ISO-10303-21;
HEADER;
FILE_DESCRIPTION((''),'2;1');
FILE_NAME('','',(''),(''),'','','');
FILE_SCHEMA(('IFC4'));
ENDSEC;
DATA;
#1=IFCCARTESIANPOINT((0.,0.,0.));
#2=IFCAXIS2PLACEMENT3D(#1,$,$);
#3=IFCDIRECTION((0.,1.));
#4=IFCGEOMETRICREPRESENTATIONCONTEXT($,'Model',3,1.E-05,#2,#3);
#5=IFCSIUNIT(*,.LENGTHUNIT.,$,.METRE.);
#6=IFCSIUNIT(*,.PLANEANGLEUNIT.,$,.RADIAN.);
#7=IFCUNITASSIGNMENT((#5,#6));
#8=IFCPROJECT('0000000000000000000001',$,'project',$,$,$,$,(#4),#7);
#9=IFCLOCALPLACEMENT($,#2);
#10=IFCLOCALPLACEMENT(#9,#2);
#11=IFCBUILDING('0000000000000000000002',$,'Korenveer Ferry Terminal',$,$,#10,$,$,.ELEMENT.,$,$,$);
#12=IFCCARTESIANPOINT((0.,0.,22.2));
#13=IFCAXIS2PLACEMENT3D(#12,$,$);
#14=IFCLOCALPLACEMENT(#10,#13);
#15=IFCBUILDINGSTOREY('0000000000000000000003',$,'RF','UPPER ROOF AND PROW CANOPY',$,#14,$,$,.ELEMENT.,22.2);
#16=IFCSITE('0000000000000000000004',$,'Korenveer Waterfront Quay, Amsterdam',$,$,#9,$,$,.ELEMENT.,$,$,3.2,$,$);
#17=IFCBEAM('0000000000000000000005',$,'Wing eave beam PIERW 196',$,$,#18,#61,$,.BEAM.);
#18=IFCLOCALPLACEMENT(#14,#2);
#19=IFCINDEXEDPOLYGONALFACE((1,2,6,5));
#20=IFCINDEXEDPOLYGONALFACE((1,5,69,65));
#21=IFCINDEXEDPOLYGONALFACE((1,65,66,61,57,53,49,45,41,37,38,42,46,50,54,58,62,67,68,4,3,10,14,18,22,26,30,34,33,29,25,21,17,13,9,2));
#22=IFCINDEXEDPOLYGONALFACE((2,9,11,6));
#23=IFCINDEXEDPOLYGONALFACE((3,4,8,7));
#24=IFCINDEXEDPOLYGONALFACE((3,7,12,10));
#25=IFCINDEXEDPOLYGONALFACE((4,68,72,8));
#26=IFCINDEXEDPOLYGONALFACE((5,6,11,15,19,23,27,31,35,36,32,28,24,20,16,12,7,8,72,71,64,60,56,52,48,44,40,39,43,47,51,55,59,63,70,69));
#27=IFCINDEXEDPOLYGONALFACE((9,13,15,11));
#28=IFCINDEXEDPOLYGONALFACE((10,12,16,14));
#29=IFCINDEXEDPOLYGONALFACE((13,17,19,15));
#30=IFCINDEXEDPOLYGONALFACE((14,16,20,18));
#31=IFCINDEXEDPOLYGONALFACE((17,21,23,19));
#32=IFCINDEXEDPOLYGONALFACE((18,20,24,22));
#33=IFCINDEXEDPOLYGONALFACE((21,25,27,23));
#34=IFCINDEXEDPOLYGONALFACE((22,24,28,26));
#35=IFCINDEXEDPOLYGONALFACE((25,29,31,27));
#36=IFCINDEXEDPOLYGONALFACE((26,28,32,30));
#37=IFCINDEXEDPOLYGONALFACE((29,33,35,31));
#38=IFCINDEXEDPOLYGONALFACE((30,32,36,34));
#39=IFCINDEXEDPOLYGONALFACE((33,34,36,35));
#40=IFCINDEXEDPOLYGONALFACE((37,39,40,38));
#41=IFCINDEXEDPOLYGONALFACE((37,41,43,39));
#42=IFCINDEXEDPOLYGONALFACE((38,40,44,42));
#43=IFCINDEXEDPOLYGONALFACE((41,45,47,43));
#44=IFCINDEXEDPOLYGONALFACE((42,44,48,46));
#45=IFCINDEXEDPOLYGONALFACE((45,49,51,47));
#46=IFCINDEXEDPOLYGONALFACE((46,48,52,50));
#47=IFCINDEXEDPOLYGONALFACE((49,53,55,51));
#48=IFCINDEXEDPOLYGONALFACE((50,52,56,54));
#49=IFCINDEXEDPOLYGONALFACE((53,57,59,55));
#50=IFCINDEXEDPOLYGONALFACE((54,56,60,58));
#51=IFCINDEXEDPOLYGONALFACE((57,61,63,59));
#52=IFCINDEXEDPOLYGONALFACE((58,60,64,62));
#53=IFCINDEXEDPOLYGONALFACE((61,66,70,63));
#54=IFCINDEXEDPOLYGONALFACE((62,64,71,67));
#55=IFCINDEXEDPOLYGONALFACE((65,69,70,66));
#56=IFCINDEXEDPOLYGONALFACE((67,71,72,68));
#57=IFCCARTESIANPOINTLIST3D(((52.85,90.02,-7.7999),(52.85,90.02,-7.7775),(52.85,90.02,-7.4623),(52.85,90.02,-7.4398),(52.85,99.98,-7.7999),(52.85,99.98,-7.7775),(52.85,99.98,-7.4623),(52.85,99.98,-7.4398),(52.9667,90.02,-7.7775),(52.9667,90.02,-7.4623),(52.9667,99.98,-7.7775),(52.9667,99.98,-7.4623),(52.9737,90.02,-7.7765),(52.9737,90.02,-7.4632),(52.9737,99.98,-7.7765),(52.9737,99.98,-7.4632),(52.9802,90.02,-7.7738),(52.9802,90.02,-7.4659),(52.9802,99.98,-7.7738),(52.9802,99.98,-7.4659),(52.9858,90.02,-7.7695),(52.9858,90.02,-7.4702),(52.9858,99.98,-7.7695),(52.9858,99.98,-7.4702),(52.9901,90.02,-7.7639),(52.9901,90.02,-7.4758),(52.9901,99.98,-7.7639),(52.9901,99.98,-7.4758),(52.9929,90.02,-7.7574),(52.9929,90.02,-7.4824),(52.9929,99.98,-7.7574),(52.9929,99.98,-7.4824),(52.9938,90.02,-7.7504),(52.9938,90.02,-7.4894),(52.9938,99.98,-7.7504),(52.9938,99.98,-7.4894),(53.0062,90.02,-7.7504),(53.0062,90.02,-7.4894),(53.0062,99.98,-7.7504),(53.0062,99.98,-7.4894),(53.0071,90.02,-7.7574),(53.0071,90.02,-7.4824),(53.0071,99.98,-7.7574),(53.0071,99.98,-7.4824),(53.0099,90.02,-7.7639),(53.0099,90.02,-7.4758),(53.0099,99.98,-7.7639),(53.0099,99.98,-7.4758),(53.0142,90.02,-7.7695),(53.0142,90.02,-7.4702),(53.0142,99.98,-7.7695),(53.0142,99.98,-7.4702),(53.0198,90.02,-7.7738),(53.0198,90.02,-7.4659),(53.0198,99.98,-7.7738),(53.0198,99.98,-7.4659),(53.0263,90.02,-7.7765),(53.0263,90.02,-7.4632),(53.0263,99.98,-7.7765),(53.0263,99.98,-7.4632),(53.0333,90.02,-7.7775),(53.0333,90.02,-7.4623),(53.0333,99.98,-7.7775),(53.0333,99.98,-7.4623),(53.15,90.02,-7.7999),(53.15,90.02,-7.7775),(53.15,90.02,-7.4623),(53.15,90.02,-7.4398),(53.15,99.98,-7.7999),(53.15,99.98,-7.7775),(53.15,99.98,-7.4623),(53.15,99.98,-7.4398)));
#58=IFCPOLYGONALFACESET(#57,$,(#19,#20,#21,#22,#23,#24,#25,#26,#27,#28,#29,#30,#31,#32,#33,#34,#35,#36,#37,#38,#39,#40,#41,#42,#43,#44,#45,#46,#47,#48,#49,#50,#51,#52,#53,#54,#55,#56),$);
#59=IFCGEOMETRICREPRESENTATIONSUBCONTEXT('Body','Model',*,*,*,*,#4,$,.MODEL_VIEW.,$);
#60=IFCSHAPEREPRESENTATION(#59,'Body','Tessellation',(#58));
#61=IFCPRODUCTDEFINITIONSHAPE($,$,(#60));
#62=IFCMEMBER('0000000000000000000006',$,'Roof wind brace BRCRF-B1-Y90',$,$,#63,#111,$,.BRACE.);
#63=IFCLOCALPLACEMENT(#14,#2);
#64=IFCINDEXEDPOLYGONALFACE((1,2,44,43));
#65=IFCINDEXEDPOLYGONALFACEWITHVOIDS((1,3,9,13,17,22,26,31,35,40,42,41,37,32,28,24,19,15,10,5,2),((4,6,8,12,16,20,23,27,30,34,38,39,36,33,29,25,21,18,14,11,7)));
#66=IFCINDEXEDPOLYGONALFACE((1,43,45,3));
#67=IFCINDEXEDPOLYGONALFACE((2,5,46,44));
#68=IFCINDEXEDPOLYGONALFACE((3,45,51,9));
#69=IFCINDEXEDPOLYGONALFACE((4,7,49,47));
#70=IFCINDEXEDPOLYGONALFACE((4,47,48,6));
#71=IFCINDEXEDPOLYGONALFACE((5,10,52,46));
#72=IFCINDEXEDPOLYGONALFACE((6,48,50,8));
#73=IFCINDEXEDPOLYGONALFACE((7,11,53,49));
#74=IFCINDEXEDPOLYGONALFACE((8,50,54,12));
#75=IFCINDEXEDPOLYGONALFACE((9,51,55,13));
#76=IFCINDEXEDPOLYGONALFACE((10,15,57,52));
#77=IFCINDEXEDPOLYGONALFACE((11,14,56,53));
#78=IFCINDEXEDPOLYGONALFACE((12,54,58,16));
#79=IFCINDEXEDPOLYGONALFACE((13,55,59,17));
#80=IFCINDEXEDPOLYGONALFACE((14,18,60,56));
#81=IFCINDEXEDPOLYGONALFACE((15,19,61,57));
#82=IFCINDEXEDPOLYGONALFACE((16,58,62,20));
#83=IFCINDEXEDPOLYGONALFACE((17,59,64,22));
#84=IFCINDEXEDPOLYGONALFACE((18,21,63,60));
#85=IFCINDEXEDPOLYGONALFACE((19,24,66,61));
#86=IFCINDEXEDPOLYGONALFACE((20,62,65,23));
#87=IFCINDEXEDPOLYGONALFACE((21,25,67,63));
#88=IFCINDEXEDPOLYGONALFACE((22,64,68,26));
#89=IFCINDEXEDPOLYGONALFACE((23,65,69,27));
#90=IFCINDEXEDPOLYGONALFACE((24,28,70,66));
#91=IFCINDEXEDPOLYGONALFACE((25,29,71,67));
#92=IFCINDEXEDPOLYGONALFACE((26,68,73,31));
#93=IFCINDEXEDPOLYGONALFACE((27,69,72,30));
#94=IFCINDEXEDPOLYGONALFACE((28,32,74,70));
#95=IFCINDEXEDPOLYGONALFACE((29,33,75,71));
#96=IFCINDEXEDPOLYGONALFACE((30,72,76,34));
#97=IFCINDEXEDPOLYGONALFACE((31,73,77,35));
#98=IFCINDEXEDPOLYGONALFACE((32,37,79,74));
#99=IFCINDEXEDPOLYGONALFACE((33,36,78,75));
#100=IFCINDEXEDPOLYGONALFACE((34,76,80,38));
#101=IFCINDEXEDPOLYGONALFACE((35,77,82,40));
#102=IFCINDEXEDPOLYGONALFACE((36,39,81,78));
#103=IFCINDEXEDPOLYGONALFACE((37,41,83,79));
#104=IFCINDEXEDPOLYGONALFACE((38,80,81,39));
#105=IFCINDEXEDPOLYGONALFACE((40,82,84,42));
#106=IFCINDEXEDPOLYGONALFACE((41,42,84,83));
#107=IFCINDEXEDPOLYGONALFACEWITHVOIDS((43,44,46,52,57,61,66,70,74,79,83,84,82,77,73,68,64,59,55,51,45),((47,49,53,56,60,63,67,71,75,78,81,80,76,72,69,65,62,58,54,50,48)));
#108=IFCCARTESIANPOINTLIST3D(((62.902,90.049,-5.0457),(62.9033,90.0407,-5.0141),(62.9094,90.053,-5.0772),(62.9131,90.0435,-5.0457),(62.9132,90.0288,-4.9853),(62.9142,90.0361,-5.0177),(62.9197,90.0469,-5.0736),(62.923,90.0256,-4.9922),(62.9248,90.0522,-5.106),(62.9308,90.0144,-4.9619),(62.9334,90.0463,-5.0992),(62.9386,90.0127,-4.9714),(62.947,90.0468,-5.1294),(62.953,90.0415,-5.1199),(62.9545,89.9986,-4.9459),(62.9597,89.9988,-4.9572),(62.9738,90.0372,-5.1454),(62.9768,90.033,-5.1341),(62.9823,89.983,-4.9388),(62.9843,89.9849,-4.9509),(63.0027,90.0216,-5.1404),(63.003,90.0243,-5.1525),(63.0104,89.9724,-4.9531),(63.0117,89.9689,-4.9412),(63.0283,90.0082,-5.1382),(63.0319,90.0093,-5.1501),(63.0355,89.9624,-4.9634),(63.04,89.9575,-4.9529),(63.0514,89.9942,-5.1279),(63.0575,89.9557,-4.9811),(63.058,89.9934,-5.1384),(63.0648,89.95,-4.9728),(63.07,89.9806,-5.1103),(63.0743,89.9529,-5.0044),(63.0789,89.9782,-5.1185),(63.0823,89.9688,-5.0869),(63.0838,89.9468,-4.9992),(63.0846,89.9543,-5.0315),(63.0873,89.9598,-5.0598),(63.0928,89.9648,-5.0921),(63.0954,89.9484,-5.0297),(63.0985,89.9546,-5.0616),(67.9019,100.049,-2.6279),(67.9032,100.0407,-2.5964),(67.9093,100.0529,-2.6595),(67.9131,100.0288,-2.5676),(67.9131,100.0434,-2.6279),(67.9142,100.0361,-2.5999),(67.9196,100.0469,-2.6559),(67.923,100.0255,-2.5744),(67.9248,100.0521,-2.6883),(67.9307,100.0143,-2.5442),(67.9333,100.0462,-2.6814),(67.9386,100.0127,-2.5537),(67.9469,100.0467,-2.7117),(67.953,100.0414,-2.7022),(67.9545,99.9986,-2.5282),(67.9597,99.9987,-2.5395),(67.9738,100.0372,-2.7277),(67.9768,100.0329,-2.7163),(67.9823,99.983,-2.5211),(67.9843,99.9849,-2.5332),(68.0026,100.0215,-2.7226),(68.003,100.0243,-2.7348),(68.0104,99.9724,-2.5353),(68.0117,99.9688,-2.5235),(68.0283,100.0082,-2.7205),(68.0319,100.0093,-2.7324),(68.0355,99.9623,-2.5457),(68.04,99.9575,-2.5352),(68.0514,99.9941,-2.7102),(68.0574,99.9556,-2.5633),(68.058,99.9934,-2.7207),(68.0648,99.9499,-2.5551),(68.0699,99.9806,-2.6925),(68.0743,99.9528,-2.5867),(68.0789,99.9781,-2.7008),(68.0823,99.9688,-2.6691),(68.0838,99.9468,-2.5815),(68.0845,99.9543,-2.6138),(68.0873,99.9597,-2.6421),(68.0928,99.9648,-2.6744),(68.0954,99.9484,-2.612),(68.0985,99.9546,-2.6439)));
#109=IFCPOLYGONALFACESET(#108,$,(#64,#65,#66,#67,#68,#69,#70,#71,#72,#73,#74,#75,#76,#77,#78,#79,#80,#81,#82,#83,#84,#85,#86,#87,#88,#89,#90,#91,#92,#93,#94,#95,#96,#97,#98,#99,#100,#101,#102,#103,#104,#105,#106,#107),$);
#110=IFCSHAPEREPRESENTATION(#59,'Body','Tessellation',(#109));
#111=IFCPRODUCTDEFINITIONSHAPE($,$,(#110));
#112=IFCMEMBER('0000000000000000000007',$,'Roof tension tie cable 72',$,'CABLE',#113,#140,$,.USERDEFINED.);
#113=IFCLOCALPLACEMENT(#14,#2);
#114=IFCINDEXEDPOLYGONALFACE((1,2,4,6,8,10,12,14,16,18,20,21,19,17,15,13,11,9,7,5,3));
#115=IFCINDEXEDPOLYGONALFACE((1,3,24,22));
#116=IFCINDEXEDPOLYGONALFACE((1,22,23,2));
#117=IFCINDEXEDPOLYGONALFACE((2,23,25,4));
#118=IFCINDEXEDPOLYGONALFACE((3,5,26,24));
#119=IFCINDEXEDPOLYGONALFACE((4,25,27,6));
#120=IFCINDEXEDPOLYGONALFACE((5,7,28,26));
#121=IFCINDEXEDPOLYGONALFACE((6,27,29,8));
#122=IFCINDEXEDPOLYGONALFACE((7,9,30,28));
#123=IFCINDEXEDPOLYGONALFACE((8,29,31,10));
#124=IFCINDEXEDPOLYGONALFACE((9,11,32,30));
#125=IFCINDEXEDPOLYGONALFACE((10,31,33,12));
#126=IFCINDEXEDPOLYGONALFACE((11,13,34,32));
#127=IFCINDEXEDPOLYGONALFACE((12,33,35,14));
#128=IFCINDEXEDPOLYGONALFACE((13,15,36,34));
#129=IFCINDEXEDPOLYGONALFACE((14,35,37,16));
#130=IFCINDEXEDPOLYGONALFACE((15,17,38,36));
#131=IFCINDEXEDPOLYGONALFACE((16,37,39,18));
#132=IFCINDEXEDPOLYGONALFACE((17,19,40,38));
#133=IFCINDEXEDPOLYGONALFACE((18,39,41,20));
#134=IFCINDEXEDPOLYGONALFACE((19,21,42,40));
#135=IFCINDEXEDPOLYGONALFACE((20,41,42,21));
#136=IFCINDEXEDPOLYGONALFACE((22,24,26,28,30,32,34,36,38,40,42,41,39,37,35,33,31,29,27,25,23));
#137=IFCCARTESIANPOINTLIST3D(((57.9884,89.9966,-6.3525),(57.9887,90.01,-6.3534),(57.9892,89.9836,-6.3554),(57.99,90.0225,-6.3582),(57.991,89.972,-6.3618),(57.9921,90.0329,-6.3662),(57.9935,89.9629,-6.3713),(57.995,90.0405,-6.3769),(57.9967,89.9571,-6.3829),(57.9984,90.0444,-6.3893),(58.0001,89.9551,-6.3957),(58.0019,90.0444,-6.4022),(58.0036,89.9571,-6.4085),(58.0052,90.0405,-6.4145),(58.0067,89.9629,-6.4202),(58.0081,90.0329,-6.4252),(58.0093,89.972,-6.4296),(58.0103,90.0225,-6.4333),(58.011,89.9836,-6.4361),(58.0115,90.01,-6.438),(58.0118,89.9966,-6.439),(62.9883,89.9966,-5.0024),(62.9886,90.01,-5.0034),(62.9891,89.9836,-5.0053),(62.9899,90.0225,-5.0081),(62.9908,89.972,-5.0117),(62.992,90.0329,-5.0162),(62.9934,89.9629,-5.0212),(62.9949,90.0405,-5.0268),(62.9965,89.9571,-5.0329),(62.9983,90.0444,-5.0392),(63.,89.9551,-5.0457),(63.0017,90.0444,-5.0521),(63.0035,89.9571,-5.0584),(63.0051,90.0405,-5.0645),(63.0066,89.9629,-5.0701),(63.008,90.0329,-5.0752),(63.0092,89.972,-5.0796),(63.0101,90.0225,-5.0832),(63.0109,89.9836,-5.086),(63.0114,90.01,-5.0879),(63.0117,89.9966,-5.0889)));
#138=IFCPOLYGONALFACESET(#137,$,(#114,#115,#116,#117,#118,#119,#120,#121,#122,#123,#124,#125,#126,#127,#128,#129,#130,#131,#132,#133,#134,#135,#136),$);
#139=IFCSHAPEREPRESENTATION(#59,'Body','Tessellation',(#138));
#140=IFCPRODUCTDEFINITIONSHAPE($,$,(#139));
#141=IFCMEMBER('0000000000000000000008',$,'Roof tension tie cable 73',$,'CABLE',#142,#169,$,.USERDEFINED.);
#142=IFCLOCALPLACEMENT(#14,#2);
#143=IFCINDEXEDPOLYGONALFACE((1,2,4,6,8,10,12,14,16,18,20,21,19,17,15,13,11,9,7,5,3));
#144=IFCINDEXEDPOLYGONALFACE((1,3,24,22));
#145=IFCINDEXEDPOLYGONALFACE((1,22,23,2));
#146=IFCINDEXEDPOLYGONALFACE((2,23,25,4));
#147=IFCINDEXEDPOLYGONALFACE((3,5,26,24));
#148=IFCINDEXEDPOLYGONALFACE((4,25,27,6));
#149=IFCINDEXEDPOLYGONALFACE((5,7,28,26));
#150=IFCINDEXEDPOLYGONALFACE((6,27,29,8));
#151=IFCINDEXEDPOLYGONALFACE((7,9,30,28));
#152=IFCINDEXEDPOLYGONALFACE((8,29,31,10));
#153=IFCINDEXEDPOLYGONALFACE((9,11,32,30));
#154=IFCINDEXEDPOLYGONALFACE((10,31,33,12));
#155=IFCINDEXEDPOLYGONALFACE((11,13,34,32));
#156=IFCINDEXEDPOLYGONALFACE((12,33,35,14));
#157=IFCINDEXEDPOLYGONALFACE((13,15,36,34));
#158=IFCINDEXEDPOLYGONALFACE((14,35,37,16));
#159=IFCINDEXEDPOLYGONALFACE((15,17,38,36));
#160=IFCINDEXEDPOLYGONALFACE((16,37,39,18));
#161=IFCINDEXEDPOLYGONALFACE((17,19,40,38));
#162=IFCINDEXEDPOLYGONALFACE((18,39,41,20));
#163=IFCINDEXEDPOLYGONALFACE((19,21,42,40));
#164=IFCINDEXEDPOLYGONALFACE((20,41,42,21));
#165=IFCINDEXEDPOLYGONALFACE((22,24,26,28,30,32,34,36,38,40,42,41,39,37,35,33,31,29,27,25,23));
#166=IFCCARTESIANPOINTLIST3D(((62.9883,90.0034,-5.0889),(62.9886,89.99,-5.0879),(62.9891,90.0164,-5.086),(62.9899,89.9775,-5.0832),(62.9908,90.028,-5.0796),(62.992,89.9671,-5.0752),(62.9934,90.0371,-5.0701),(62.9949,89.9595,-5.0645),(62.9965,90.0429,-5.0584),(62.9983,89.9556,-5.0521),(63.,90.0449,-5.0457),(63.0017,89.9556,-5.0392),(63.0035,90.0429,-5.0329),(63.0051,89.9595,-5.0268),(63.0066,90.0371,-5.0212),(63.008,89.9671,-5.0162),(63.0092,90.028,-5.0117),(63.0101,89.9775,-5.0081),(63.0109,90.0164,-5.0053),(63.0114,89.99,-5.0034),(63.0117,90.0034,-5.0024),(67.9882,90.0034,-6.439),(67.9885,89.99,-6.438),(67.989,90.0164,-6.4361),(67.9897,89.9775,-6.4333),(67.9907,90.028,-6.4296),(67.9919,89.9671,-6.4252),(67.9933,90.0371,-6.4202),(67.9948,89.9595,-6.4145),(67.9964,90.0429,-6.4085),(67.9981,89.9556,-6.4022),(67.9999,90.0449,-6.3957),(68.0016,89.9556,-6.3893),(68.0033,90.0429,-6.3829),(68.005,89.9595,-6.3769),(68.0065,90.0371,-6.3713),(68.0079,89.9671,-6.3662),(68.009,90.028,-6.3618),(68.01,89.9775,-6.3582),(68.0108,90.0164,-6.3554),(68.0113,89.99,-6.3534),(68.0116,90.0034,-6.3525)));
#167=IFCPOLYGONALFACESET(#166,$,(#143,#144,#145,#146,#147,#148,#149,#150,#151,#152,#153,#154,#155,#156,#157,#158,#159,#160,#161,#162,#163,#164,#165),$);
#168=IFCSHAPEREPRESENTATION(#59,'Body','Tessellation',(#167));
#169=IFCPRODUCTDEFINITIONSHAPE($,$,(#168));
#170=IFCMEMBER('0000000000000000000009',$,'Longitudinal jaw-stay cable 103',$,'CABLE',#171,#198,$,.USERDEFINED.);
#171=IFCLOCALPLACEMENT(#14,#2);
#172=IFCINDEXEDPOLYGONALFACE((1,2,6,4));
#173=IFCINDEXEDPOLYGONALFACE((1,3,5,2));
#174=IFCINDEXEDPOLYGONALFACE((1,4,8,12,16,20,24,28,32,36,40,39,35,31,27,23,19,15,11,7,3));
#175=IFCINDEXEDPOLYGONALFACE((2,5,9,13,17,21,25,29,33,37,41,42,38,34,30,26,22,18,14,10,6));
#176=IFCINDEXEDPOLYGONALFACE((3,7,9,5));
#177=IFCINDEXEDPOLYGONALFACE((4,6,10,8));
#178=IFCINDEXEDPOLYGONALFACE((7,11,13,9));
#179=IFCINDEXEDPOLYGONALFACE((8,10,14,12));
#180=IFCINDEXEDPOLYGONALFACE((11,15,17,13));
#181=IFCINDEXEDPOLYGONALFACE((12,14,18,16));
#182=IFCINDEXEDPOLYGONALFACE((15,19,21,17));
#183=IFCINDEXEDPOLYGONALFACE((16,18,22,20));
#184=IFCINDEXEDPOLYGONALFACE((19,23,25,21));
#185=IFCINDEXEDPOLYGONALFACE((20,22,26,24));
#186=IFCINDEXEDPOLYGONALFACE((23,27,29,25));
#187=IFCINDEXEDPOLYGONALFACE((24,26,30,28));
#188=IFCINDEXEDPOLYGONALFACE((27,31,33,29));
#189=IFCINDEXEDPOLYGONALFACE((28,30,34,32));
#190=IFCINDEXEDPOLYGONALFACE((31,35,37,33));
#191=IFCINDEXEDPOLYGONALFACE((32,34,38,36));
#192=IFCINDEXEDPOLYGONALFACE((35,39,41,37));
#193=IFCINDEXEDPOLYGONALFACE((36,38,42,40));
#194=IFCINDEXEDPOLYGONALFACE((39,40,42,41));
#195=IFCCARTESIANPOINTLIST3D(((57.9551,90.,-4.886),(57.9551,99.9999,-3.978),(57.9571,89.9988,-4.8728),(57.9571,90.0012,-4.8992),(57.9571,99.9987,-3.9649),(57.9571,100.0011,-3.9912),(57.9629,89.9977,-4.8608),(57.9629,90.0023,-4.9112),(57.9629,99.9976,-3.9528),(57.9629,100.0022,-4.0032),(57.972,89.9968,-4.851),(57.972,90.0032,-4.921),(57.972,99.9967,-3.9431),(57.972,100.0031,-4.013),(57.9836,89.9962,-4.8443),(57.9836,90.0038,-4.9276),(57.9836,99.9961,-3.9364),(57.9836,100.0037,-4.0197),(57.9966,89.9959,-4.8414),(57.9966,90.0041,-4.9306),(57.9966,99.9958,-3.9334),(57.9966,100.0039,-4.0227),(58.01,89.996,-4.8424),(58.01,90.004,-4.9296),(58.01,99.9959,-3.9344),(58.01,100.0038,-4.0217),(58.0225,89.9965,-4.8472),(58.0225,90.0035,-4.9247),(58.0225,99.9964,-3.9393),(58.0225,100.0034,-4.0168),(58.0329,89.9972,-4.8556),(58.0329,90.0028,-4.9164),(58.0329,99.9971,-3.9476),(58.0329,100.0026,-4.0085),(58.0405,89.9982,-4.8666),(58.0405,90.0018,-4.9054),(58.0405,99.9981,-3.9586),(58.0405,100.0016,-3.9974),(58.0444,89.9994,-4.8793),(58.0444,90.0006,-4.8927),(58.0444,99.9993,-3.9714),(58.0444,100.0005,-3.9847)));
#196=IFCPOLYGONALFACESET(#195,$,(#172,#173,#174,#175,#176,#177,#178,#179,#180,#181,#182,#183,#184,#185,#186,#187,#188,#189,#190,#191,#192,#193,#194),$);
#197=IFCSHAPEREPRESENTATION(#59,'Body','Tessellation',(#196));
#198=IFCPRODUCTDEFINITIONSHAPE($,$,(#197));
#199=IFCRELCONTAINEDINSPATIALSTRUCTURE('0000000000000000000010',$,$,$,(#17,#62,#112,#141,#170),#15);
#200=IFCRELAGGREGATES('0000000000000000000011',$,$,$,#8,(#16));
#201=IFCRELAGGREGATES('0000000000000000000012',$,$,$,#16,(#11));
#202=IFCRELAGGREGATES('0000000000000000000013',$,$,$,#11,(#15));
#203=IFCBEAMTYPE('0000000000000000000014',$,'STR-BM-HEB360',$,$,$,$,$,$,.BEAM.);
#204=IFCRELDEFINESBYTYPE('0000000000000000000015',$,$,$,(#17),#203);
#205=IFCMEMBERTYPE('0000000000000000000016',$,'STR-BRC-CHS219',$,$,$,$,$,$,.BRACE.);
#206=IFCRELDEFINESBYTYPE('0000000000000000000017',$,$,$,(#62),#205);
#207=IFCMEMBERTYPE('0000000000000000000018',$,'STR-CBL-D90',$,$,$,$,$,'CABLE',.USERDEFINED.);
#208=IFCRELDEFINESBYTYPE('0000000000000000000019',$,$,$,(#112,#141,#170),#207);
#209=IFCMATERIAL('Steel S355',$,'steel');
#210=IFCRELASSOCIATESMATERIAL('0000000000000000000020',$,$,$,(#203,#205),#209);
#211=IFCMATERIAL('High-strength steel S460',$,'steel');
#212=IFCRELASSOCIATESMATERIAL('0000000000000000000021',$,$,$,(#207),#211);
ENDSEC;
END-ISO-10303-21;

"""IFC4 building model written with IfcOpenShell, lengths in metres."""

from ifc_helpers import new_model, si_unit, direction, frame, origin, origin_2d, place, context, subcontext, project, spatial, circle, hollow_circle, i_section, extrude, material, material_profile, profile_set, type_object, element, save


model = new_model("IFC4")

# Units and contexts
model_context = context("Model", 3, precision=1e-05, world=origin(), true_north=direction((0.0, 1.0)))
body_context = subcontext(model_context, "Body", "Model", "MODEL_VIEW")
ifc_project = project(units=[si_unit("LENGTHUNIT", "METRE"), si_unit("PLANEANGLEUNIT", "RADIAN")], contexts=[model_context])

# Site, building, storey
site_placement = place(None, origin())
site = spatial("IfcSite", under=ifc_project, at=site_placement, Name="Korenveer Waterfront Quay, Amsterdam", CompositionType="ELEMENT", RefElevation=3.2)
building_placement = place(site_placement, origin())
building = spatial("IfcBuilding", under=site, at=building_placement, Name="Korenveer Ferry Terminal", CompositionType="ELEMENT")
storey_placement = place(building_placement, frame((0.0, 0.0, 22.2)))
storey = spatial("IfcBuildingStorey", under=building, at=storey_placement, Name="RF", Description="UPPER ROOF AND PROW CANOPY", CompositionType="ELEMENT", Elevation=22.2)

# Beam
ifc_material_1 = material(Name="Steel S355", Category="steel")
ifc_material_profile_1 = material_profile(ifc_material_1, i_section(OverallWidth=0.3, OverallDepth=0.3601, WebThickness=0.0125, FlangeThickness=0.0225, FilletRadius=0.0271, at=origin_2d()), Name="HEB 360")
ifc_profile_set_1 = profile_set([ifc_material_profile_1], Name="Steel S355")
beam_type_1 = type_object("IfcBeamType", Name="STR-BM-HEB360", PredefinedType="BEAM", material=ifc_profile_set_1)
beam_1_placement = place(storey_placement, frame((53.0, 90.02, -7.6199), z_axis=(0.0, 1.0, 0.0), x_axis=(-1.0, 0.0, 0.0)))
element("IfcBeam", 1, at=beam_1_placement, inside=storey, type_object=beam_type_1, Name="Wing eave beam PIERW 196", PredefinedType="BEAM", context=body_context, shape_type="SweptSolid", body=[
    extrude(i_section(OverallWidth=0.3, OverallDepth=0.3601, WebThickness=0.0125, FlangeThickness=0.0225, FilletRadius=0.0271, at=origin_2d()), origin(), (0.0, 0.0, 1.0), 9.96),
])

# Members
ifc_material_profile_2 = material_profile(ifc_material_1, hollow_circle(Radius=0.1096, WallThickness=0.0125, at=origin_2d()), Name="CHS 219.1x12.5")
ifc_profile_set_2 = profile_set([ifc_material_profile_2], Name="Steel S355")
member_type_1 = type_object("IfcMemberType", Name="STR-BRC-CHS219", PredefinedType="BRACE", material=ifc_profile_set_2)
member_1_placement = place(storey_placement, frame((63.0, 90.0, -5.0457), z_axis=(0.43711, 0.87422, 0.211362), x_axis=(-0.894427, 0.447214, 0.0)))
element("IfcMember", 2, at=member_1_placement, inside=storey, type_object=member_type_1, Name="Roof wind brace BRCRF-B1-Y90", PredefinedType="BRACE", context=body_context, shape_type="SweptSolid", body=[
    extrude(hollow_circle(Radius=0.1096, WallThickness=0.0125, at=origin_2d()), origin(), (0.0, 0.0, 1.0), 11.4387),
])
ifc_material_2 = material(Name="High-strength steel S460", Category="steel")
ifc_material_profile_3 = material_profile(ifc_material_2, circle(Radius=0.0449, at=origin_2d()), Name="ROD D90")
ifc_profile_set_3 = profile_set([ifc_material_profile_3], Name="High-strength steel S460")
member_type_2 = type_object("IfcMemberType", Name="STR-CBL-D90", ElementType="CABLE", PredefinedType="USERDEFINED", material=ifc_profile_set_3)
for number, where, z_axis, x_axis, name in (
    (3, (63.0, 90.0, -5.0457), (-0.965424, 0.0, -0.260683), (0.0, -1.0, 0.0), "Roof tension tie cable 72"),
    (4, (63.0, 90.0, -5.0457), (0.965424, 0.0, -0.260683), (0.0, 1.0, 0.0), "Roof tension tie cable 73"),
):
    element("IfcMember", number, at=place(storey_placement, frame(where, z_axis=z_axis, x_axis=x_axis)), inside=storey, type_object=member_type_2, Name=name, ObjectType="CABLE", PredefinedType="USERDEFINED", context=body_context, shape_type="SweptSolid", body=[
        extrude(circle(Radius=0.0449, at=origin_2d()), origin(), (0.0, 0.0, 1.0), 5.179),
    ])
member_2_placement = place(storey_placement, frame((58.0, 90.0, -4.886), z_axis=(0.0, 0.995903, 0.090424), x_axis=(-1.0, 0.0, 0.0)))
element("IfcMember", 5, at=member_2_placement, inside=storey, type_object=member_type_2, Name="Longitudinal jaw-stay cable 103", ObjectType="CABLE", PredefinedType="USERDEFINED", context=body_context, shape_type="SweptSolid", body=[
    extrude(circle(Radius=0.0449, at=origin_2d()), origin(), (0.0, 0.0, 1.0), 10.041),
])

save(model, "model.ifc")
